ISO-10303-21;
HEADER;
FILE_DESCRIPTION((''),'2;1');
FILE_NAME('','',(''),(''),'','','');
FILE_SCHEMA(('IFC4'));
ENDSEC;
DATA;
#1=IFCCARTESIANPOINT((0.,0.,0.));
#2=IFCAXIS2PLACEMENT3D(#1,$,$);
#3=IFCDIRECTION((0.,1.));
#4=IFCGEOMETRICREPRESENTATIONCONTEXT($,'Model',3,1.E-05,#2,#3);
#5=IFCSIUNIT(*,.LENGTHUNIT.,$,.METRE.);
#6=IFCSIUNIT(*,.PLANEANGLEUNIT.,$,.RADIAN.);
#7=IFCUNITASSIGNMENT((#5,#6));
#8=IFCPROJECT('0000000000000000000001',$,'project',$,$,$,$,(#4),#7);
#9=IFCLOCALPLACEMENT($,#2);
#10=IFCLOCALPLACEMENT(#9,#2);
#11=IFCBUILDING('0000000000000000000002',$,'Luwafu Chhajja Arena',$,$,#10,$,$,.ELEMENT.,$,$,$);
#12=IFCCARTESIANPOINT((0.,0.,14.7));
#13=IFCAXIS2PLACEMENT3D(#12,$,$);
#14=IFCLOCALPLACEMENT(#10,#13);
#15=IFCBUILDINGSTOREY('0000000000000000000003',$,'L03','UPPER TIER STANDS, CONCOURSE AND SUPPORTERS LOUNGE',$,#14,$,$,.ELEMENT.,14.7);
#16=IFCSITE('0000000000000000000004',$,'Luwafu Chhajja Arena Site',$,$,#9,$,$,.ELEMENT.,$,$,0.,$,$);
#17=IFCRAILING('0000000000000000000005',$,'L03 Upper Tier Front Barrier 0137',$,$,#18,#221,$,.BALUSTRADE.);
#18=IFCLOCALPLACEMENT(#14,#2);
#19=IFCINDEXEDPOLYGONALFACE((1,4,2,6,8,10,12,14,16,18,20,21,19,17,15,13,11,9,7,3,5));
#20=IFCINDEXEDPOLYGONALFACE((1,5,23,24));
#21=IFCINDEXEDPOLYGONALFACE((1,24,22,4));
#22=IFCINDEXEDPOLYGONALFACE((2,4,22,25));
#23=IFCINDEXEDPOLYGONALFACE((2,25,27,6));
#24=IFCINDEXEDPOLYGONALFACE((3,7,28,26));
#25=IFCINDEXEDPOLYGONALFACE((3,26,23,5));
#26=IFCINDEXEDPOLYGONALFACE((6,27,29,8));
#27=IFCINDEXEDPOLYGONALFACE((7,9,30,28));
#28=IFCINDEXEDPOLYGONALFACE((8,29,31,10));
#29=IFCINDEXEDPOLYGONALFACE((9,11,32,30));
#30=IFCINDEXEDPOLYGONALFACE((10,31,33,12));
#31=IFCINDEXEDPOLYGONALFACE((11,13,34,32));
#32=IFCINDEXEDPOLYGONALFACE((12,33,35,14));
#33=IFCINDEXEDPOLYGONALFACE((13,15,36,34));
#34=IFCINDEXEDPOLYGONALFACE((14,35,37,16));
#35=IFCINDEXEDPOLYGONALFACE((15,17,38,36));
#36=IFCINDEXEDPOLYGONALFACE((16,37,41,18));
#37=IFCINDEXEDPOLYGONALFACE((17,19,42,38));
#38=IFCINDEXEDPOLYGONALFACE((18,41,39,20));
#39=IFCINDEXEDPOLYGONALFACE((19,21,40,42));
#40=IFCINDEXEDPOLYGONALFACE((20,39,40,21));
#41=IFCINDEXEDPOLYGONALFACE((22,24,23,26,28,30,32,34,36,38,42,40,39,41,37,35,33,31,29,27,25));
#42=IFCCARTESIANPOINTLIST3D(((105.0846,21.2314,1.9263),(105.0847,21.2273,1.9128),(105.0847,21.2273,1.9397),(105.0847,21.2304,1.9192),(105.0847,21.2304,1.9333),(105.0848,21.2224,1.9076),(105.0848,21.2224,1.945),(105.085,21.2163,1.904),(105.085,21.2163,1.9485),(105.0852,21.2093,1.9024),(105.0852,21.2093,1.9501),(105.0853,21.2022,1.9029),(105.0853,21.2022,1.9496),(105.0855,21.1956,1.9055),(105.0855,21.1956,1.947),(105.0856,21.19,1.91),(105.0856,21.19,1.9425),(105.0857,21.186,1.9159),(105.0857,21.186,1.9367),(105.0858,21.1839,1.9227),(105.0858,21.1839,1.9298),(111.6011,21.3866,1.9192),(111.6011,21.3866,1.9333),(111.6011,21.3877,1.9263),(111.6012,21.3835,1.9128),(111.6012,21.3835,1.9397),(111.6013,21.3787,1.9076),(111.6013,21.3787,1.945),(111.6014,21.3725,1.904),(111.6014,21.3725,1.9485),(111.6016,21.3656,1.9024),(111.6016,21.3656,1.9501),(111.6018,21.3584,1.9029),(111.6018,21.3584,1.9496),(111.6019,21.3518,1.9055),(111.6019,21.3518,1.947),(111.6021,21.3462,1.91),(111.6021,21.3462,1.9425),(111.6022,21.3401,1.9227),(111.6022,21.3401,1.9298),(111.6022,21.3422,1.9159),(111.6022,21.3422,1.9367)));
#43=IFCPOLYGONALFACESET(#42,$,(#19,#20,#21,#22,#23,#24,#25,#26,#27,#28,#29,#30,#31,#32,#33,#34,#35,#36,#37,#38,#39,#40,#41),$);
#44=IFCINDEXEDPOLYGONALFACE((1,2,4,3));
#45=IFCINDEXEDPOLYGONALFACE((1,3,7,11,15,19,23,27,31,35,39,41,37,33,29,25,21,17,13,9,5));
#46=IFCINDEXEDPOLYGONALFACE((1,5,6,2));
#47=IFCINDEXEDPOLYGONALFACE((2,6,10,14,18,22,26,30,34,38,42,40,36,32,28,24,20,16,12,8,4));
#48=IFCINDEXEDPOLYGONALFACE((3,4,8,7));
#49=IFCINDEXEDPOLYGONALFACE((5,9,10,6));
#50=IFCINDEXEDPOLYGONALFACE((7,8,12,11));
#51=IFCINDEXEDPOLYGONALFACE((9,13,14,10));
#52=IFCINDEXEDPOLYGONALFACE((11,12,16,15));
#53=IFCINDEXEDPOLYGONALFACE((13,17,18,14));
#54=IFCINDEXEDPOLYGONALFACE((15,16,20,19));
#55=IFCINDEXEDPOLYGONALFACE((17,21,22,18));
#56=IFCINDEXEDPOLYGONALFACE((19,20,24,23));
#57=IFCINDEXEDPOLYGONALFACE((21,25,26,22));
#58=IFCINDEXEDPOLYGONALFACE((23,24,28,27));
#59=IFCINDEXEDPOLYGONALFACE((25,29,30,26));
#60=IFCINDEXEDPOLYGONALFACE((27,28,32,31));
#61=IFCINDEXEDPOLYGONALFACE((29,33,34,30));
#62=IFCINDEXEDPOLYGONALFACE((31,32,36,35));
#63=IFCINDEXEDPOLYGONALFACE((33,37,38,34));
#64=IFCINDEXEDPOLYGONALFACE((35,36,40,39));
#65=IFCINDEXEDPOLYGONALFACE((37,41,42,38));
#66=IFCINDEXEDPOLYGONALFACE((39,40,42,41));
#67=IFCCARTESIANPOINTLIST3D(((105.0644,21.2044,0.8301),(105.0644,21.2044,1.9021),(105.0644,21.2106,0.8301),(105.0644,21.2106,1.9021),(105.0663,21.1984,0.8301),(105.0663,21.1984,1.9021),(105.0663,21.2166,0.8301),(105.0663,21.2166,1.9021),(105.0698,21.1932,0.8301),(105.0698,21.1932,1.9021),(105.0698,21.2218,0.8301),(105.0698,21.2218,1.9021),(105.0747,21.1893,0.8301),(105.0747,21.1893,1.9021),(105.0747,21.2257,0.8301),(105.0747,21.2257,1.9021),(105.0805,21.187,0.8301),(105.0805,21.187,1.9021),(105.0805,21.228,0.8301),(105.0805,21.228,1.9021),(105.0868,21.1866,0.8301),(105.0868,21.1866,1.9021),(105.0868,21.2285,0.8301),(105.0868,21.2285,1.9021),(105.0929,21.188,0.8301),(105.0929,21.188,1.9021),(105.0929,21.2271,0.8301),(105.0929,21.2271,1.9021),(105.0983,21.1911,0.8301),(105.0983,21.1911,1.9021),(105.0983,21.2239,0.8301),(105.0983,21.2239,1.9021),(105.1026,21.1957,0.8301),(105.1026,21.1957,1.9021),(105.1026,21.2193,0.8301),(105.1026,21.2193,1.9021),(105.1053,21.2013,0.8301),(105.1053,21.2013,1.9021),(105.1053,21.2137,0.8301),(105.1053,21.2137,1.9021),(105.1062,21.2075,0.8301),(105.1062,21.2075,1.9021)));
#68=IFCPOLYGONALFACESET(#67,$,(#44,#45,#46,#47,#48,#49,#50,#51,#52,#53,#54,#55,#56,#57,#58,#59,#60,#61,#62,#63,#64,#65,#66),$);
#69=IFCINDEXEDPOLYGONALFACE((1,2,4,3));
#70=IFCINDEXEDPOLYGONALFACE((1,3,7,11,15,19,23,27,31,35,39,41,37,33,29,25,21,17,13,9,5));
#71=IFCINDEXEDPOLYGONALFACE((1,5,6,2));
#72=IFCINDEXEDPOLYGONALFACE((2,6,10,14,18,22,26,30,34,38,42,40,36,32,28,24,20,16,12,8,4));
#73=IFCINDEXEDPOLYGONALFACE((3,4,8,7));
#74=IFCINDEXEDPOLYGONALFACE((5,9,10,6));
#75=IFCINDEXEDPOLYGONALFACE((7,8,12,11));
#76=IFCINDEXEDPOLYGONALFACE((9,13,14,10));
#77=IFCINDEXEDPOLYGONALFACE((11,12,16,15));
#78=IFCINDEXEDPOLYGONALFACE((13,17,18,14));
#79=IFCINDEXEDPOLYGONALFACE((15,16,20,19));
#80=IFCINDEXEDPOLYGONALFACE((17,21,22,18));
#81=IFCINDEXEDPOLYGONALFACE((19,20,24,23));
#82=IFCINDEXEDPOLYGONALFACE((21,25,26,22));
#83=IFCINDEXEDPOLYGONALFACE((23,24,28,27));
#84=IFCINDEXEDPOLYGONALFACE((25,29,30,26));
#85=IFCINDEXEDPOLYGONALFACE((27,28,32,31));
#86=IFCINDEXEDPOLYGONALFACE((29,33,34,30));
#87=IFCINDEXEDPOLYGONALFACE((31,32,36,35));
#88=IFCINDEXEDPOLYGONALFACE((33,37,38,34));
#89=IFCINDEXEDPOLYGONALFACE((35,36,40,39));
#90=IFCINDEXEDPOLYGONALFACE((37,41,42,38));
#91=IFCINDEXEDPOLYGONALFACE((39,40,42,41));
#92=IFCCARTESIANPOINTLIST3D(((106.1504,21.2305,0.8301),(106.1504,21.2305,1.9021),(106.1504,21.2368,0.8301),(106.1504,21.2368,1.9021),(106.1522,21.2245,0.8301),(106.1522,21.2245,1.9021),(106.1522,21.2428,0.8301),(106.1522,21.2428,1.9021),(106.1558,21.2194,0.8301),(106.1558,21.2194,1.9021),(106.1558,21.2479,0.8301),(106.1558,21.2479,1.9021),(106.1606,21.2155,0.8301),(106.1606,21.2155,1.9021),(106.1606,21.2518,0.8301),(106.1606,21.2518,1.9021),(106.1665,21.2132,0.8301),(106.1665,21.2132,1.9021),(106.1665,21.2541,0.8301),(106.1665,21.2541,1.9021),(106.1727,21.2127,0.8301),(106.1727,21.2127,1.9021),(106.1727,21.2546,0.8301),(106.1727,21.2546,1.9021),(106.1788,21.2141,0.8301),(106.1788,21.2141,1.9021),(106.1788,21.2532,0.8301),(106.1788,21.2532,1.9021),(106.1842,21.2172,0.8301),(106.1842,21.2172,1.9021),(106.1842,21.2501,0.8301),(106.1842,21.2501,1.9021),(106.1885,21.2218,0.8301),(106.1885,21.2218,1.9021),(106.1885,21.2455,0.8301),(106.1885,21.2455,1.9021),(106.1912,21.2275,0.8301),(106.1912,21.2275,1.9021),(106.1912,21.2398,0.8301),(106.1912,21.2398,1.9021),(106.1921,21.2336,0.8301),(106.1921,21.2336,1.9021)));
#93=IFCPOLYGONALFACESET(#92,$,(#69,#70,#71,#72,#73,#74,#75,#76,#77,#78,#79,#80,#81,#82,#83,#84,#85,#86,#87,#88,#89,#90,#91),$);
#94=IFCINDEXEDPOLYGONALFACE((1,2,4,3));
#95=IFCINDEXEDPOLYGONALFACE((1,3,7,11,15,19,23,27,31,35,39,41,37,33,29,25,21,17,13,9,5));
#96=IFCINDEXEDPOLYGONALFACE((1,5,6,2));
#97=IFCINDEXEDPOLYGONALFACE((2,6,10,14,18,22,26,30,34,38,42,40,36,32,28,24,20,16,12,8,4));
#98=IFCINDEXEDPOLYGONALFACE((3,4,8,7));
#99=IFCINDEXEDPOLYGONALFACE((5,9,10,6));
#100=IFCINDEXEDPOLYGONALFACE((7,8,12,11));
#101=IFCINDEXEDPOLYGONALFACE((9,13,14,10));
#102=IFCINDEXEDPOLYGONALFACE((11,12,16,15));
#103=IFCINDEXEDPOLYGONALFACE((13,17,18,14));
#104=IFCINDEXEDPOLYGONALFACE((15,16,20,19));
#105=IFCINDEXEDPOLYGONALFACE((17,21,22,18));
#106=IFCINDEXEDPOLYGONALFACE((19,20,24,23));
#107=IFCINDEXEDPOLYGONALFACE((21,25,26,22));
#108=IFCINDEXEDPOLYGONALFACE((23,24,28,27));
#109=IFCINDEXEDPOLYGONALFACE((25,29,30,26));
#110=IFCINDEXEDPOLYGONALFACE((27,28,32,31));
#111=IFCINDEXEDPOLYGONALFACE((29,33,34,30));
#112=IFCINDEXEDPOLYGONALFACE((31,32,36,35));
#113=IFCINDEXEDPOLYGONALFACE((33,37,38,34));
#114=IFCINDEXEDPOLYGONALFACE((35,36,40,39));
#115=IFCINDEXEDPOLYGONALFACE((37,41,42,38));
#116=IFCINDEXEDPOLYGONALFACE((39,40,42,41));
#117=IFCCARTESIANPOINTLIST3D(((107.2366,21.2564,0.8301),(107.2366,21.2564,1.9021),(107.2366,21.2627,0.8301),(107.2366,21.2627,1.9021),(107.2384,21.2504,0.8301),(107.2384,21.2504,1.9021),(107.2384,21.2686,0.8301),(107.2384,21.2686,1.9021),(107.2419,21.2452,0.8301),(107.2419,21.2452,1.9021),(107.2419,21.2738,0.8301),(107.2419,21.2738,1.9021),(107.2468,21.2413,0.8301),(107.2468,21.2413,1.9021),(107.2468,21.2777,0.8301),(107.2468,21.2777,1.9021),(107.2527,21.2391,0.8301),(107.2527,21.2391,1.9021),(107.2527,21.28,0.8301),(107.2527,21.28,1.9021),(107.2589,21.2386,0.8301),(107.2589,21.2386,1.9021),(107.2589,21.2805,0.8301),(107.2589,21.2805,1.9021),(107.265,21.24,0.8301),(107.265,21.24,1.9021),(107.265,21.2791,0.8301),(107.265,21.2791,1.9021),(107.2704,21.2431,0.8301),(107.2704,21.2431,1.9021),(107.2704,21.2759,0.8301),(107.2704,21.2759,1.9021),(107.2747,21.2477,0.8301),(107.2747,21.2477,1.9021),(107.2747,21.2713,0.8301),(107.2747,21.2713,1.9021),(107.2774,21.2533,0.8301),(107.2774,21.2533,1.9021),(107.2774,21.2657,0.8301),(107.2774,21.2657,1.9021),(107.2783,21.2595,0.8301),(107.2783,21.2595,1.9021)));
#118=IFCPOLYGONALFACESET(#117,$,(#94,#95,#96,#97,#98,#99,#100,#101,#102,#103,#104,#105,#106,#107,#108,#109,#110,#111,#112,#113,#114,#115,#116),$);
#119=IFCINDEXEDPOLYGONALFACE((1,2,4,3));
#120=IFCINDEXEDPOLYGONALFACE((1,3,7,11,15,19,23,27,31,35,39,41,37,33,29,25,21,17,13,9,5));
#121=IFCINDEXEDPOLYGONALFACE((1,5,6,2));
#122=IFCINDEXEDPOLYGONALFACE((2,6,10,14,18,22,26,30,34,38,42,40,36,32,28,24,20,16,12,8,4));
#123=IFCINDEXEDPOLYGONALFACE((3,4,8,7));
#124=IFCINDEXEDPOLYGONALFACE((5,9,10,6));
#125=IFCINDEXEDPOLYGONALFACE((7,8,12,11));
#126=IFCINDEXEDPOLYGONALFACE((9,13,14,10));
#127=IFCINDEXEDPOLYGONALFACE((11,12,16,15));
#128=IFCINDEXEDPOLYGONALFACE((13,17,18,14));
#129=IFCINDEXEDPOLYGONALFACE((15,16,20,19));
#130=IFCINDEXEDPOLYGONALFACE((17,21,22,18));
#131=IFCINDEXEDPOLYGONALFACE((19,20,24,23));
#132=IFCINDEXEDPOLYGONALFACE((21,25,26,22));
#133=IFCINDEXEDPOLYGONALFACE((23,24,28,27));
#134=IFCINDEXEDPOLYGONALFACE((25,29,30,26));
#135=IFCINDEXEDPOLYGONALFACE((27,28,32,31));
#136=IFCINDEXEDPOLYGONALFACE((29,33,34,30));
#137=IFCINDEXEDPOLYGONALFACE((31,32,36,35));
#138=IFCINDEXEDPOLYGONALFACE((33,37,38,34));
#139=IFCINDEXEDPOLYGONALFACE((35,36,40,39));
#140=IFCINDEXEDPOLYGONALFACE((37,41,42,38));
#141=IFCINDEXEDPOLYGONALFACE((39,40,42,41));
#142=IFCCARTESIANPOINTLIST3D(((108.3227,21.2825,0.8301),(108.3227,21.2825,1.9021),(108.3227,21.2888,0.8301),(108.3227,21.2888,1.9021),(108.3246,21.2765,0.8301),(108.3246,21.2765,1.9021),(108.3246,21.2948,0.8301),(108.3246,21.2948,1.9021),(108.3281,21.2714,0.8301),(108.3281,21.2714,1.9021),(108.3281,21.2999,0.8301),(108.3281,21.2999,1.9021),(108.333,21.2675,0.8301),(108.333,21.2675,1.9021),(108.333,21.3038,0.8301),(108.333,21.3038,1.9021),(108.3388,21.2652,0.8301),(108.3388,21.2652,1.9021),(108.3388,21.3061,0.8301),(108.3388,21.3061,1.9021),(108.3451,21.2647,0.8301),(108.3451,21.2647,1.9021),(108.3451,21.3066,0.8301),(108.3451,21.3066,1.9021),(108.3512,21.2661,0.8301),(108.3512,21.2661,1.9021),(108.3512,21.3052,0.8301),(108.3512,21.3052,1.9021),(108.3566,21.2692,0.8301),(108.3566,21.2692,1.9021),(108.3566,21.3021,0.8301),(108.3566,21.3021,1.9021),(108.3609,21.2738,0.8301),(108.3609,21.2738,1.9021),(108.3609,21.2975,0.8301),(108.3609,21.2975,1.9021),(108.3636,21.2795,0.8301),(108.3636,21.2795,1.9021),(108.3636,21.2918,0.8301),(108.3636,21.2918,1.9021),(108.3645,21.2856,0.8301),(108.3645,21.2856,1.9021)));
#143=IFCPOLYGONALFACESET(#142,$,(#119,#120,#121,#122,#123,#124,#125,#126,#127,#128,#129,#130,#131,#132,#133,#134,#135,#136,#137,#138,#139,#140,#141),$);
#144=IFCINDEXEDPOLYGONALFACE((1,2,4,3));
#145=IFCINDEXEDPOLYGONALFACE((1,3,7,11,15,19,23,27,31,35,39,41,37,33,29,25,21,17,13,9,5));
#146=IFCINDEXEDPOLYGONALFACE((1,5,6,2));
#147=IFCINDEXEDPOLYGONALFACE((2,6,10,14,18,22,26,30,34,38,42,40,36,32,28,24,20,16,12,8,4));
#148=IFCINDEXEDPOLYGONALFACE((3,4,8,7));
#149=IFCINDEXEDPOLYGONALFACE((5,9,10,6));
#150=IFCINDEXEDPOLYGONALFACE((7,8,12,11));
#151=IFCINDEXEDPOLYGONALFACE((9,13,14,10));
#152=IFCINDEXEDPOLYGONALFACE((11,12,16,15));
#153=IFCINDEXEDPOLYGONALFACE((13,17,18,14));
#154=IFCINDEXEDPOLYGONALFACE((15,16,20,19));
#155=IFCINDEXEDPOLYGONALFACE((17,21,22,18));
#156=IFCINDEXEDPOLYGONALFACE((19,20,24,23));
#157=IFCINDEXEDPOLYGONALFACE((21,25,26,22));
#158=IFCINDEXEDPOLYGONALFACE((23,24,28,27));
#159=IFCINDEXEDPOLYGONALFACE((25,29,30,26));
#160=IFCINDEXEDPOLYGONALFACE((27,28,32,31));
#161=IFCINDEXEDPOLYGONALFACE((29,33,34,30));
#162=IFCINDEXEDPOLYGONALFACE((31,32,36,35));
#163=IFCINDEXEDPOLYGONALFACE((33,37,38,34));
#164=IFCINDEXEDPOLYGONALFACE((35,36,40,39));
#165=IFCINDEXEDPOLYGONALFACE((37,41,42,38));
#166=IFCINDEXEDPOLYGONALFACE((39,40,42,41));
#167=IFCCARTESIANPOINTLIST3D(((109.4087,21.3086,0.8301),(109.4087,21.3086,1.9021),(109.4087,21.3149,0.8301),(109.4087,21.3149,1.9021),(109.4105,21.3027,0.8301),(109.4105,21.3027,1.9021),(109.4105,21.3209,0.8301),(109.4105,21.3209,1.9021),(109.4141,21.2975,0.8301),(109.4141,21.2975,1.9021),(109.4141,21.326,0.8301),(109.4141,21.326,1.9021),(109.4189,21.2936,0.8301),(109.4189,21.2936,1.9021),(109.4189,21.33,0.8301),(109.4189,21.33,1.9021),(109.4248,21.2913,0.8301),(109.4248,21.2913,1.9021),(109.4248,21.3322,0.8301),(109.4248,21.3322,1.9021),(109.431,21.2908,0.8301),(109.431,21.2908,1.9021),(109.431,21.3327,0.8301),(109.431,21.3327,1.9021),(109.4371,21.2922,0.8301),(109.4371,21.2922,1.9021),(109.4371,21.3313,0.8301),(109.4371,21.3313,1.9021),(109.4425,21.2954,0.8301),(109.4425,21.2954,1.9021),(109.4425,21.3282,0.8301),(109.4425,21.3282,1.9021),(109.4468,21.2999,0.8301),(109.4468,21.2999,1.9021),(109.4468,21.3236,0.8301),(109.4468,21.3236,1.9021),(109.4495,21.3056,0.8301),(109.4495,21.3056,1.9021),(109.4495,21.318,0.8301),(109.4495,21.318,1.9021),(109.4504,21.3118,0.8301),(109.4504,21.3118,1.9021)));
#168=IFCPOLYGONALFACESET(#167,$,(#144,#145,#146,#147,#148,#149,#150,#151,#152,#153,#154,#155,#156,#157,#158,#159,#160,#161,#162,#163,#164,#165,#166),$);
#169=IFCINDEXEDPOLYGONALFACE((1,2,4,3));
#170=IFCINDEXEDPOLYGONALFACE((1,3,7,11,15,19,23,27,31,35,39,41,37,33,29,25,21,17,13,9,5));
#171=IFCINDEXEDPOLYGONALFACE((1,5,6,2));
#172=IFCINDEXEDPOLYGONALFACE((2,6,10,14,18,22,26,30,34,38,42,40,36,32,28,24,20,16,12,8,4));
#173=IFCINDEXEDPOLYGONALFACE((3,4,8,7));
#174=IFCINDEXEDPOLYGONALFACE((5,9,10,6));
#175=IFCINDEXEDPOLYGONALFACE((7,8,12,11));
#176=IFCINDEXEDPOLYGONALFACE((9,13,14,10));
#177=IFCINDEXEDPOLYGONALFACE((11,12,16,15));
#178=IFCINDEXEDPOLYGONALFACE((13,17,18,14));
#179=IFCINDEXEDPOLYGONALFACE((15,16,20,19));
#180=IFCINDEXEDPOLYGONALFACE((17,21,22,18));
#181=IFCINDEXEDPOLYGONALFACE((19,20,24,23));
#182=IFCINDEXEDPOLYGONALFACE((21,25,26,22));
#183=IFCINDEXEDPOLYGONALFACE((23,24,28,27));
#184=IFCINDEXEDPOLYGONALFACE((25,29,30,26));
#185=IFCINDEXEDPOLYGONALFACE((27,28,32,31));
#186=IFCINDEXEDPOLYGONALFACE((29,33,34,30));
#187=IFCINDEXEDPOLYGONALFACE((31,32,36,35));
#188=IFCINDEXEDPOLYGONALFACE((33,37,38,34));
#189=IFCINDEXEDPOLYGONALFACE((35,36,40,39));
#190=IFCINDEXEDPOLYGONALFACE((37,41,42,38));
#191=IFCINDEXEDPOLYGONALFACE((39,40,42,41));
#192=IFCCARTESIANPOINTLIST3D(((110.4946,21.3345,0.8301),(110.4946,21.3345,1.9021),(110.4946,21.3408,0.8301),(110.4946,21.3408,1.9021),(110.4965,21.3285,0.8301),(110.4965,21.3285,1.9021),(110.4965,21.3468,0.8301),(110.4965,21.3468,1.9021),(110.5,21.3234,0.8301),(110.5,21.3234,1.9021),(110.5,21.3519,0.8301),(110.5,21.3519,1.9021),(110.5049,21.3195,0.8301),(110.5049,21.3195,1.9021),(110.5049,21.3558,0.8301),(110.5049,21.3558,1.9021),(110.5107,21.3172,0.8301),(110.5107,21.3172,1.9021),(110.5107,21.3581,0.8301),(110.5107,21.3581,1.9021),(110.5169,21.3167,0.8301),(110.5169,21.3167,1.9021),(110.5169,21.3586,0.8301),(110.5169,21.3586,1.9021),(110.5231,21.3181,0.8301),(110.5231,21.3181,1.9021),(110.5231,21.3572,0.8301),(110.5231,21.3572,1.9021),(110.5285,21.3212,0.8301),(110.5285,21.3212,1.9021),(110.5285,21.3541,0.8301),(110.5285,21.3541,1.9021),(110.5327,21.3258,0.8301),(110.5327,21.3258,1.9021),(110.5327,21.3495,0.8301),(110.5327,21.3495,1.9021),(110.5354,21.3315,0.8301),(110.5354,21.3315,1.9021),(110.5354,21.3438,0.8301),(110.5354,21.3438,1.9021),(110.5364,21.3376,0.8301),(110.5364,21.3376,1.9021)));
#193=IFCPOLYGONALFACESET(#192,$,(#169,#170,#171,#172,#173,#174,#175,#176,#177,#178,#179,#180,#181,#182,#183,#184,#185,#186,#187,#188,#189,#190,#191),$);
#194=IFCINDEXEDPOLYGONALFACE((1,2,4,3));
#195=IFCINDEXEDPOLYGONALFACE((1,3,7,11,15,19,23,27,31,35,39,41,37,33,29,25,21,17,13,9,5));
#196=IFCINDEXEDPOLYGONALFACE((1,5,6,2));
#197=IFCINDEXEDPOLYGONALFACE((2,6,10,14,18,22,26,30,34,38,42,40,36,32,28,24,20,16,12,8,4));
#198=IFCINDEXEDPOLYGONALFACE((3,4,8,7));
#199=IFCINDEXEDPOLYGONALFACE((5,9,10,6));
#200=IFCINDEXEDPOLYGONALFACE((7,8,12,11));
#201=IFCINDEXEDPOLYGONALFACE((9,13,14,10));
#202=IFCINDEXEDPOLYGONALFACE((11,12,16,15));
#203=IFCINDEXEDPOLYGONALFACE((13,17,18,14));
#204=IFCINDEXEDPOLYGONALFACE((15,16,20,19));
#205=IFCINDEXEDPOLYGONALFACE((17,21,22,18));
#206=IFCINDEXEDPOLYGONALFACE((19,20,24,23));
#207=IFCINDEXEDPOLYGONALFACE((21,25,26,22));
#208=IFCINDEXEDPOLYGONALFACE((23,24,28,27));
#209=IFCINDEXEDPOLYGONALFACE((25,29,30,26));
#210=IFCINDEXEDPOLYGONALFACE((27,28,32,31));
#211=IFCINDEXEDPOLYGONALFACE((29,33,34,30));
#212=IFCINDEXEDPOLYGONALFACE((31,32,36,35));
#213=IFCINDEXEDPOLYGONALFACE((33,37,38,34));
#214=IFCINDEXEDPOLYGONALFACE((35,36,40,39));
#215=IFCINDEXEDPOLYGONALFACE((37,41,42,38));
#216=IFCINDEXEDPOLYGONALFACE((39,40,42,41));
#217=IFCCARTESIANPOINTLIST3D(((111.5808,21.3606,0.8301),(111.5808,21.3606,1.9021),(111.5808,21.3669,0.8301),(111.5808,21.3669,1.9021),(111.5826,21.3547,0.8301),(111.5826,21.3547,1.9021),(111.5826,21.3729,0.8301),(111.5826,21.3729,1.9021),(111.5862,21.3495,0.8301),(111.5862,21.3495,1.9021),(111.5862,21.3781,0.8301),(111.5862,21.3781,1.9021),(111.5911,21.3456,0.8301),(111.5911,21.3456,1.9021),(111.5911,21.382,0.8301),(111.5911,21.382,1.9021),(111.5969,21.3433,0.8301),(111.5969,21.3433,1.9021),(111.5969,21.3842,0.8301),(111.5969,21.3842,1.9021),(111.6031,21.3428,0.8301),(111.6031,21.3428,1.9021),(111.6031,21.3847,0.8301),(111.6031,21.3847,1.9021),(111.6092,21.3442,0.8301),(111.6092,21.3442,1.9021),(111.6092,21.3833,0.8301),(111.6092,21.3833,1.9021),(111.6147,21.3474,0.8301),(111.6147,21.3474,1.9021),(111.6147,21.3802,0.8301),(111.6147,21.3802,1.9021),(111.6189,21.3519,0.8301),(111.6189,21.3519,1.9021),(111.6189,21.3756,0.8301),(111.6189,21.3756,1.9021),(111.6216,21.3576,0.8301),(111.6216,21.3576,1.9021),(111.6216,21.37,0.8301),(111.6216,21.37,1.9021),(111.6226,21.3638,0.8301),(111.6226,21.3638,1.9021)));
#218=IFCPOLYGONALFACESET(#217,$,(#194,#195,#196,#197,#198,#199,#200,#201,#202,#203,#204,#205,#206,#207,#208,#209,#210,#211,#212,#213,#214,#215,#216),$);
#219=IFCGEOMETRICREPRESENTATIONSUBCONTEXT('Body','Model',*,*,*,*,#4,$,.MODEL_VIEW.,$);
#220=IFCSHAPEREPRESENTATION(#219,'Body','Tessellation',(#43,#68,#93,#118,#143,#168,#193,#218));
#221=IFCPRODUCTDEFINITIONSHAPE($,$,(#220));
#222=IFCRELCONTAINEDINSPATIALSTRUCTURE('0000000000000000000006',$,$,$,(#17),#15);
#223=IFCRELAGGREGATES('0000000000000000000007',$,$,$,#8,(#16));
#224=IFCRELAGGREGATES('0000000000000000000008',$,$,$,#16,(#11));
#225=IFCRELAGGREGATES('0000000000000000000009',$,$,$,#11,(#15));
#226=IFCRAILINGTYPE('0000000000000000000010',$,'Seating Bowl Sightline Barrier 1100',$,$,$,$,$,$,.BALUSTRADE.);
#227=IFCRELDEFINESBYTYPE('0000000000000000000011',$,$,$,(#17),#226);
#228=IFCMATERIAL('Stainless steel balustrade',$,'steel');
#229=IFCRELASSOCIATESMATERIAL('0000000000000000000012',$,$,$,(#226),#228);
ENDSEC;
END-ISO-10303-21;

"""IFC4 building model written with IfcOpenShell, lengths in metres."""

from ifc_helpers import new_model, si_unit, direction, frame, origin, origin_2d, place, context, subcontext, project, spatial, circle, extrude, material, type_object, element, save


model = new_model("IFC4")

# Units and contexts
model_context = context("Model", 3, precision=1e-05, world=origin(), true_north=direction((0.0, 1.0)))
body_context = subcontext(model_context, "Body", "Model", "MODEL_VIEW")
ifc_project = project(units=[si_unit("LENGTHUNIT", "METRE"), si_unit("PLANEANGLEUNIT", "RADIAN")], contexts=[model_context])

# Site, building, storey
site_placement = place(None, origin())
site = spatial("IfcSite", under=ifc_project, at=site_placement, Name="Luwafu Chhajja Arena Site", CompositionType="ELEMENT", RefElevation=0.0)
building_placement = place(site_placement, origin())
building = spatial("IfcBuilding", under=site, at=building_placement, Name="Luwafu Chhajja Arena", CompositionType="ELEMENT")
storey_placement = place(building_placement, frame((0.0, 0.0, 14.7)))
storey = spatial("IfcBuildingStorey", under=building, at=storey_placement, Name="L03", Description="UPPER TIER STANDS, CONCOURSE AND SUPPORTERS LOUNGE", CompositionType="ELEMENT", Elevation=14.7)

# Railing
ifc_material_1 = material(Name="Stainless steel balustrade", Category="steel")
railing_type = type_object("IfcRailingType", Name="Seating Bowl Sightline Barrier 1100", PredefinedType="BALUSTRADE", material=ifc_material_1)
railing_1_placement = place(storey_placement, frame((105.0852, 21.2075, 0.8301)))
element("IfcRailing", 1, at=railing_1_placement, inside=storey, type_object=railing_type, Name="L03 Upper Tier Front Barrier 0137", PredefinedType="BALUSTRADE", context=body_context, shape_type="SweptSolid", body=[
    extrude(circle(Radius=0.0239, at=origin_2d()), frame((0.0, 0.0, 1.0962), z_axis=(0.999713, 0.023971, 0.0), x_axis=(-0.023971, 0.999713, 0.0)), (0.0, 0.0, 1.0), 6.5183),
    extrude(circle(Radius=0.021, at=origin_2d()), origin(), (0.0, 0.0, 1.0), 1.072),
    extrude(circle(Radius=0.021, at=origin_2d()), frame((1.0859, 0.0261, 0.0)), (0.0, 0.0, 1.0), 1.072),
    extrude(circle(Radius=0.021, at=origin_2d()), frame((2.1721, 0.052, 0.0)), (0.0, 0.0, 1.0), 1.072),
    extrude(circle(Radius=0.021, at=origin_2d()), frame((3.2583, 0.0781, 0.0)), (0.0, 0.0, 1.0), 1.072),
    extrude(circle(Radius=0.021, at=origin_2d()), frame((4.3442, 0.1042, 0.0)), (0.0, 0.0, 1.0), 1.072),
    extrude(circle(Radius=0.021, at=origin_2d()), frame((5.4302, 0.1301, 0.0)), (0.0, 0.0, 1.0), 1.072),
    extrude(circle(Radius=0.021, at=origin_2d()), frame((6.5164, 0.1562, 0.0)), (0.0, 0.0, 1.0), 1.072),
])

save(model, "model.ifc")
